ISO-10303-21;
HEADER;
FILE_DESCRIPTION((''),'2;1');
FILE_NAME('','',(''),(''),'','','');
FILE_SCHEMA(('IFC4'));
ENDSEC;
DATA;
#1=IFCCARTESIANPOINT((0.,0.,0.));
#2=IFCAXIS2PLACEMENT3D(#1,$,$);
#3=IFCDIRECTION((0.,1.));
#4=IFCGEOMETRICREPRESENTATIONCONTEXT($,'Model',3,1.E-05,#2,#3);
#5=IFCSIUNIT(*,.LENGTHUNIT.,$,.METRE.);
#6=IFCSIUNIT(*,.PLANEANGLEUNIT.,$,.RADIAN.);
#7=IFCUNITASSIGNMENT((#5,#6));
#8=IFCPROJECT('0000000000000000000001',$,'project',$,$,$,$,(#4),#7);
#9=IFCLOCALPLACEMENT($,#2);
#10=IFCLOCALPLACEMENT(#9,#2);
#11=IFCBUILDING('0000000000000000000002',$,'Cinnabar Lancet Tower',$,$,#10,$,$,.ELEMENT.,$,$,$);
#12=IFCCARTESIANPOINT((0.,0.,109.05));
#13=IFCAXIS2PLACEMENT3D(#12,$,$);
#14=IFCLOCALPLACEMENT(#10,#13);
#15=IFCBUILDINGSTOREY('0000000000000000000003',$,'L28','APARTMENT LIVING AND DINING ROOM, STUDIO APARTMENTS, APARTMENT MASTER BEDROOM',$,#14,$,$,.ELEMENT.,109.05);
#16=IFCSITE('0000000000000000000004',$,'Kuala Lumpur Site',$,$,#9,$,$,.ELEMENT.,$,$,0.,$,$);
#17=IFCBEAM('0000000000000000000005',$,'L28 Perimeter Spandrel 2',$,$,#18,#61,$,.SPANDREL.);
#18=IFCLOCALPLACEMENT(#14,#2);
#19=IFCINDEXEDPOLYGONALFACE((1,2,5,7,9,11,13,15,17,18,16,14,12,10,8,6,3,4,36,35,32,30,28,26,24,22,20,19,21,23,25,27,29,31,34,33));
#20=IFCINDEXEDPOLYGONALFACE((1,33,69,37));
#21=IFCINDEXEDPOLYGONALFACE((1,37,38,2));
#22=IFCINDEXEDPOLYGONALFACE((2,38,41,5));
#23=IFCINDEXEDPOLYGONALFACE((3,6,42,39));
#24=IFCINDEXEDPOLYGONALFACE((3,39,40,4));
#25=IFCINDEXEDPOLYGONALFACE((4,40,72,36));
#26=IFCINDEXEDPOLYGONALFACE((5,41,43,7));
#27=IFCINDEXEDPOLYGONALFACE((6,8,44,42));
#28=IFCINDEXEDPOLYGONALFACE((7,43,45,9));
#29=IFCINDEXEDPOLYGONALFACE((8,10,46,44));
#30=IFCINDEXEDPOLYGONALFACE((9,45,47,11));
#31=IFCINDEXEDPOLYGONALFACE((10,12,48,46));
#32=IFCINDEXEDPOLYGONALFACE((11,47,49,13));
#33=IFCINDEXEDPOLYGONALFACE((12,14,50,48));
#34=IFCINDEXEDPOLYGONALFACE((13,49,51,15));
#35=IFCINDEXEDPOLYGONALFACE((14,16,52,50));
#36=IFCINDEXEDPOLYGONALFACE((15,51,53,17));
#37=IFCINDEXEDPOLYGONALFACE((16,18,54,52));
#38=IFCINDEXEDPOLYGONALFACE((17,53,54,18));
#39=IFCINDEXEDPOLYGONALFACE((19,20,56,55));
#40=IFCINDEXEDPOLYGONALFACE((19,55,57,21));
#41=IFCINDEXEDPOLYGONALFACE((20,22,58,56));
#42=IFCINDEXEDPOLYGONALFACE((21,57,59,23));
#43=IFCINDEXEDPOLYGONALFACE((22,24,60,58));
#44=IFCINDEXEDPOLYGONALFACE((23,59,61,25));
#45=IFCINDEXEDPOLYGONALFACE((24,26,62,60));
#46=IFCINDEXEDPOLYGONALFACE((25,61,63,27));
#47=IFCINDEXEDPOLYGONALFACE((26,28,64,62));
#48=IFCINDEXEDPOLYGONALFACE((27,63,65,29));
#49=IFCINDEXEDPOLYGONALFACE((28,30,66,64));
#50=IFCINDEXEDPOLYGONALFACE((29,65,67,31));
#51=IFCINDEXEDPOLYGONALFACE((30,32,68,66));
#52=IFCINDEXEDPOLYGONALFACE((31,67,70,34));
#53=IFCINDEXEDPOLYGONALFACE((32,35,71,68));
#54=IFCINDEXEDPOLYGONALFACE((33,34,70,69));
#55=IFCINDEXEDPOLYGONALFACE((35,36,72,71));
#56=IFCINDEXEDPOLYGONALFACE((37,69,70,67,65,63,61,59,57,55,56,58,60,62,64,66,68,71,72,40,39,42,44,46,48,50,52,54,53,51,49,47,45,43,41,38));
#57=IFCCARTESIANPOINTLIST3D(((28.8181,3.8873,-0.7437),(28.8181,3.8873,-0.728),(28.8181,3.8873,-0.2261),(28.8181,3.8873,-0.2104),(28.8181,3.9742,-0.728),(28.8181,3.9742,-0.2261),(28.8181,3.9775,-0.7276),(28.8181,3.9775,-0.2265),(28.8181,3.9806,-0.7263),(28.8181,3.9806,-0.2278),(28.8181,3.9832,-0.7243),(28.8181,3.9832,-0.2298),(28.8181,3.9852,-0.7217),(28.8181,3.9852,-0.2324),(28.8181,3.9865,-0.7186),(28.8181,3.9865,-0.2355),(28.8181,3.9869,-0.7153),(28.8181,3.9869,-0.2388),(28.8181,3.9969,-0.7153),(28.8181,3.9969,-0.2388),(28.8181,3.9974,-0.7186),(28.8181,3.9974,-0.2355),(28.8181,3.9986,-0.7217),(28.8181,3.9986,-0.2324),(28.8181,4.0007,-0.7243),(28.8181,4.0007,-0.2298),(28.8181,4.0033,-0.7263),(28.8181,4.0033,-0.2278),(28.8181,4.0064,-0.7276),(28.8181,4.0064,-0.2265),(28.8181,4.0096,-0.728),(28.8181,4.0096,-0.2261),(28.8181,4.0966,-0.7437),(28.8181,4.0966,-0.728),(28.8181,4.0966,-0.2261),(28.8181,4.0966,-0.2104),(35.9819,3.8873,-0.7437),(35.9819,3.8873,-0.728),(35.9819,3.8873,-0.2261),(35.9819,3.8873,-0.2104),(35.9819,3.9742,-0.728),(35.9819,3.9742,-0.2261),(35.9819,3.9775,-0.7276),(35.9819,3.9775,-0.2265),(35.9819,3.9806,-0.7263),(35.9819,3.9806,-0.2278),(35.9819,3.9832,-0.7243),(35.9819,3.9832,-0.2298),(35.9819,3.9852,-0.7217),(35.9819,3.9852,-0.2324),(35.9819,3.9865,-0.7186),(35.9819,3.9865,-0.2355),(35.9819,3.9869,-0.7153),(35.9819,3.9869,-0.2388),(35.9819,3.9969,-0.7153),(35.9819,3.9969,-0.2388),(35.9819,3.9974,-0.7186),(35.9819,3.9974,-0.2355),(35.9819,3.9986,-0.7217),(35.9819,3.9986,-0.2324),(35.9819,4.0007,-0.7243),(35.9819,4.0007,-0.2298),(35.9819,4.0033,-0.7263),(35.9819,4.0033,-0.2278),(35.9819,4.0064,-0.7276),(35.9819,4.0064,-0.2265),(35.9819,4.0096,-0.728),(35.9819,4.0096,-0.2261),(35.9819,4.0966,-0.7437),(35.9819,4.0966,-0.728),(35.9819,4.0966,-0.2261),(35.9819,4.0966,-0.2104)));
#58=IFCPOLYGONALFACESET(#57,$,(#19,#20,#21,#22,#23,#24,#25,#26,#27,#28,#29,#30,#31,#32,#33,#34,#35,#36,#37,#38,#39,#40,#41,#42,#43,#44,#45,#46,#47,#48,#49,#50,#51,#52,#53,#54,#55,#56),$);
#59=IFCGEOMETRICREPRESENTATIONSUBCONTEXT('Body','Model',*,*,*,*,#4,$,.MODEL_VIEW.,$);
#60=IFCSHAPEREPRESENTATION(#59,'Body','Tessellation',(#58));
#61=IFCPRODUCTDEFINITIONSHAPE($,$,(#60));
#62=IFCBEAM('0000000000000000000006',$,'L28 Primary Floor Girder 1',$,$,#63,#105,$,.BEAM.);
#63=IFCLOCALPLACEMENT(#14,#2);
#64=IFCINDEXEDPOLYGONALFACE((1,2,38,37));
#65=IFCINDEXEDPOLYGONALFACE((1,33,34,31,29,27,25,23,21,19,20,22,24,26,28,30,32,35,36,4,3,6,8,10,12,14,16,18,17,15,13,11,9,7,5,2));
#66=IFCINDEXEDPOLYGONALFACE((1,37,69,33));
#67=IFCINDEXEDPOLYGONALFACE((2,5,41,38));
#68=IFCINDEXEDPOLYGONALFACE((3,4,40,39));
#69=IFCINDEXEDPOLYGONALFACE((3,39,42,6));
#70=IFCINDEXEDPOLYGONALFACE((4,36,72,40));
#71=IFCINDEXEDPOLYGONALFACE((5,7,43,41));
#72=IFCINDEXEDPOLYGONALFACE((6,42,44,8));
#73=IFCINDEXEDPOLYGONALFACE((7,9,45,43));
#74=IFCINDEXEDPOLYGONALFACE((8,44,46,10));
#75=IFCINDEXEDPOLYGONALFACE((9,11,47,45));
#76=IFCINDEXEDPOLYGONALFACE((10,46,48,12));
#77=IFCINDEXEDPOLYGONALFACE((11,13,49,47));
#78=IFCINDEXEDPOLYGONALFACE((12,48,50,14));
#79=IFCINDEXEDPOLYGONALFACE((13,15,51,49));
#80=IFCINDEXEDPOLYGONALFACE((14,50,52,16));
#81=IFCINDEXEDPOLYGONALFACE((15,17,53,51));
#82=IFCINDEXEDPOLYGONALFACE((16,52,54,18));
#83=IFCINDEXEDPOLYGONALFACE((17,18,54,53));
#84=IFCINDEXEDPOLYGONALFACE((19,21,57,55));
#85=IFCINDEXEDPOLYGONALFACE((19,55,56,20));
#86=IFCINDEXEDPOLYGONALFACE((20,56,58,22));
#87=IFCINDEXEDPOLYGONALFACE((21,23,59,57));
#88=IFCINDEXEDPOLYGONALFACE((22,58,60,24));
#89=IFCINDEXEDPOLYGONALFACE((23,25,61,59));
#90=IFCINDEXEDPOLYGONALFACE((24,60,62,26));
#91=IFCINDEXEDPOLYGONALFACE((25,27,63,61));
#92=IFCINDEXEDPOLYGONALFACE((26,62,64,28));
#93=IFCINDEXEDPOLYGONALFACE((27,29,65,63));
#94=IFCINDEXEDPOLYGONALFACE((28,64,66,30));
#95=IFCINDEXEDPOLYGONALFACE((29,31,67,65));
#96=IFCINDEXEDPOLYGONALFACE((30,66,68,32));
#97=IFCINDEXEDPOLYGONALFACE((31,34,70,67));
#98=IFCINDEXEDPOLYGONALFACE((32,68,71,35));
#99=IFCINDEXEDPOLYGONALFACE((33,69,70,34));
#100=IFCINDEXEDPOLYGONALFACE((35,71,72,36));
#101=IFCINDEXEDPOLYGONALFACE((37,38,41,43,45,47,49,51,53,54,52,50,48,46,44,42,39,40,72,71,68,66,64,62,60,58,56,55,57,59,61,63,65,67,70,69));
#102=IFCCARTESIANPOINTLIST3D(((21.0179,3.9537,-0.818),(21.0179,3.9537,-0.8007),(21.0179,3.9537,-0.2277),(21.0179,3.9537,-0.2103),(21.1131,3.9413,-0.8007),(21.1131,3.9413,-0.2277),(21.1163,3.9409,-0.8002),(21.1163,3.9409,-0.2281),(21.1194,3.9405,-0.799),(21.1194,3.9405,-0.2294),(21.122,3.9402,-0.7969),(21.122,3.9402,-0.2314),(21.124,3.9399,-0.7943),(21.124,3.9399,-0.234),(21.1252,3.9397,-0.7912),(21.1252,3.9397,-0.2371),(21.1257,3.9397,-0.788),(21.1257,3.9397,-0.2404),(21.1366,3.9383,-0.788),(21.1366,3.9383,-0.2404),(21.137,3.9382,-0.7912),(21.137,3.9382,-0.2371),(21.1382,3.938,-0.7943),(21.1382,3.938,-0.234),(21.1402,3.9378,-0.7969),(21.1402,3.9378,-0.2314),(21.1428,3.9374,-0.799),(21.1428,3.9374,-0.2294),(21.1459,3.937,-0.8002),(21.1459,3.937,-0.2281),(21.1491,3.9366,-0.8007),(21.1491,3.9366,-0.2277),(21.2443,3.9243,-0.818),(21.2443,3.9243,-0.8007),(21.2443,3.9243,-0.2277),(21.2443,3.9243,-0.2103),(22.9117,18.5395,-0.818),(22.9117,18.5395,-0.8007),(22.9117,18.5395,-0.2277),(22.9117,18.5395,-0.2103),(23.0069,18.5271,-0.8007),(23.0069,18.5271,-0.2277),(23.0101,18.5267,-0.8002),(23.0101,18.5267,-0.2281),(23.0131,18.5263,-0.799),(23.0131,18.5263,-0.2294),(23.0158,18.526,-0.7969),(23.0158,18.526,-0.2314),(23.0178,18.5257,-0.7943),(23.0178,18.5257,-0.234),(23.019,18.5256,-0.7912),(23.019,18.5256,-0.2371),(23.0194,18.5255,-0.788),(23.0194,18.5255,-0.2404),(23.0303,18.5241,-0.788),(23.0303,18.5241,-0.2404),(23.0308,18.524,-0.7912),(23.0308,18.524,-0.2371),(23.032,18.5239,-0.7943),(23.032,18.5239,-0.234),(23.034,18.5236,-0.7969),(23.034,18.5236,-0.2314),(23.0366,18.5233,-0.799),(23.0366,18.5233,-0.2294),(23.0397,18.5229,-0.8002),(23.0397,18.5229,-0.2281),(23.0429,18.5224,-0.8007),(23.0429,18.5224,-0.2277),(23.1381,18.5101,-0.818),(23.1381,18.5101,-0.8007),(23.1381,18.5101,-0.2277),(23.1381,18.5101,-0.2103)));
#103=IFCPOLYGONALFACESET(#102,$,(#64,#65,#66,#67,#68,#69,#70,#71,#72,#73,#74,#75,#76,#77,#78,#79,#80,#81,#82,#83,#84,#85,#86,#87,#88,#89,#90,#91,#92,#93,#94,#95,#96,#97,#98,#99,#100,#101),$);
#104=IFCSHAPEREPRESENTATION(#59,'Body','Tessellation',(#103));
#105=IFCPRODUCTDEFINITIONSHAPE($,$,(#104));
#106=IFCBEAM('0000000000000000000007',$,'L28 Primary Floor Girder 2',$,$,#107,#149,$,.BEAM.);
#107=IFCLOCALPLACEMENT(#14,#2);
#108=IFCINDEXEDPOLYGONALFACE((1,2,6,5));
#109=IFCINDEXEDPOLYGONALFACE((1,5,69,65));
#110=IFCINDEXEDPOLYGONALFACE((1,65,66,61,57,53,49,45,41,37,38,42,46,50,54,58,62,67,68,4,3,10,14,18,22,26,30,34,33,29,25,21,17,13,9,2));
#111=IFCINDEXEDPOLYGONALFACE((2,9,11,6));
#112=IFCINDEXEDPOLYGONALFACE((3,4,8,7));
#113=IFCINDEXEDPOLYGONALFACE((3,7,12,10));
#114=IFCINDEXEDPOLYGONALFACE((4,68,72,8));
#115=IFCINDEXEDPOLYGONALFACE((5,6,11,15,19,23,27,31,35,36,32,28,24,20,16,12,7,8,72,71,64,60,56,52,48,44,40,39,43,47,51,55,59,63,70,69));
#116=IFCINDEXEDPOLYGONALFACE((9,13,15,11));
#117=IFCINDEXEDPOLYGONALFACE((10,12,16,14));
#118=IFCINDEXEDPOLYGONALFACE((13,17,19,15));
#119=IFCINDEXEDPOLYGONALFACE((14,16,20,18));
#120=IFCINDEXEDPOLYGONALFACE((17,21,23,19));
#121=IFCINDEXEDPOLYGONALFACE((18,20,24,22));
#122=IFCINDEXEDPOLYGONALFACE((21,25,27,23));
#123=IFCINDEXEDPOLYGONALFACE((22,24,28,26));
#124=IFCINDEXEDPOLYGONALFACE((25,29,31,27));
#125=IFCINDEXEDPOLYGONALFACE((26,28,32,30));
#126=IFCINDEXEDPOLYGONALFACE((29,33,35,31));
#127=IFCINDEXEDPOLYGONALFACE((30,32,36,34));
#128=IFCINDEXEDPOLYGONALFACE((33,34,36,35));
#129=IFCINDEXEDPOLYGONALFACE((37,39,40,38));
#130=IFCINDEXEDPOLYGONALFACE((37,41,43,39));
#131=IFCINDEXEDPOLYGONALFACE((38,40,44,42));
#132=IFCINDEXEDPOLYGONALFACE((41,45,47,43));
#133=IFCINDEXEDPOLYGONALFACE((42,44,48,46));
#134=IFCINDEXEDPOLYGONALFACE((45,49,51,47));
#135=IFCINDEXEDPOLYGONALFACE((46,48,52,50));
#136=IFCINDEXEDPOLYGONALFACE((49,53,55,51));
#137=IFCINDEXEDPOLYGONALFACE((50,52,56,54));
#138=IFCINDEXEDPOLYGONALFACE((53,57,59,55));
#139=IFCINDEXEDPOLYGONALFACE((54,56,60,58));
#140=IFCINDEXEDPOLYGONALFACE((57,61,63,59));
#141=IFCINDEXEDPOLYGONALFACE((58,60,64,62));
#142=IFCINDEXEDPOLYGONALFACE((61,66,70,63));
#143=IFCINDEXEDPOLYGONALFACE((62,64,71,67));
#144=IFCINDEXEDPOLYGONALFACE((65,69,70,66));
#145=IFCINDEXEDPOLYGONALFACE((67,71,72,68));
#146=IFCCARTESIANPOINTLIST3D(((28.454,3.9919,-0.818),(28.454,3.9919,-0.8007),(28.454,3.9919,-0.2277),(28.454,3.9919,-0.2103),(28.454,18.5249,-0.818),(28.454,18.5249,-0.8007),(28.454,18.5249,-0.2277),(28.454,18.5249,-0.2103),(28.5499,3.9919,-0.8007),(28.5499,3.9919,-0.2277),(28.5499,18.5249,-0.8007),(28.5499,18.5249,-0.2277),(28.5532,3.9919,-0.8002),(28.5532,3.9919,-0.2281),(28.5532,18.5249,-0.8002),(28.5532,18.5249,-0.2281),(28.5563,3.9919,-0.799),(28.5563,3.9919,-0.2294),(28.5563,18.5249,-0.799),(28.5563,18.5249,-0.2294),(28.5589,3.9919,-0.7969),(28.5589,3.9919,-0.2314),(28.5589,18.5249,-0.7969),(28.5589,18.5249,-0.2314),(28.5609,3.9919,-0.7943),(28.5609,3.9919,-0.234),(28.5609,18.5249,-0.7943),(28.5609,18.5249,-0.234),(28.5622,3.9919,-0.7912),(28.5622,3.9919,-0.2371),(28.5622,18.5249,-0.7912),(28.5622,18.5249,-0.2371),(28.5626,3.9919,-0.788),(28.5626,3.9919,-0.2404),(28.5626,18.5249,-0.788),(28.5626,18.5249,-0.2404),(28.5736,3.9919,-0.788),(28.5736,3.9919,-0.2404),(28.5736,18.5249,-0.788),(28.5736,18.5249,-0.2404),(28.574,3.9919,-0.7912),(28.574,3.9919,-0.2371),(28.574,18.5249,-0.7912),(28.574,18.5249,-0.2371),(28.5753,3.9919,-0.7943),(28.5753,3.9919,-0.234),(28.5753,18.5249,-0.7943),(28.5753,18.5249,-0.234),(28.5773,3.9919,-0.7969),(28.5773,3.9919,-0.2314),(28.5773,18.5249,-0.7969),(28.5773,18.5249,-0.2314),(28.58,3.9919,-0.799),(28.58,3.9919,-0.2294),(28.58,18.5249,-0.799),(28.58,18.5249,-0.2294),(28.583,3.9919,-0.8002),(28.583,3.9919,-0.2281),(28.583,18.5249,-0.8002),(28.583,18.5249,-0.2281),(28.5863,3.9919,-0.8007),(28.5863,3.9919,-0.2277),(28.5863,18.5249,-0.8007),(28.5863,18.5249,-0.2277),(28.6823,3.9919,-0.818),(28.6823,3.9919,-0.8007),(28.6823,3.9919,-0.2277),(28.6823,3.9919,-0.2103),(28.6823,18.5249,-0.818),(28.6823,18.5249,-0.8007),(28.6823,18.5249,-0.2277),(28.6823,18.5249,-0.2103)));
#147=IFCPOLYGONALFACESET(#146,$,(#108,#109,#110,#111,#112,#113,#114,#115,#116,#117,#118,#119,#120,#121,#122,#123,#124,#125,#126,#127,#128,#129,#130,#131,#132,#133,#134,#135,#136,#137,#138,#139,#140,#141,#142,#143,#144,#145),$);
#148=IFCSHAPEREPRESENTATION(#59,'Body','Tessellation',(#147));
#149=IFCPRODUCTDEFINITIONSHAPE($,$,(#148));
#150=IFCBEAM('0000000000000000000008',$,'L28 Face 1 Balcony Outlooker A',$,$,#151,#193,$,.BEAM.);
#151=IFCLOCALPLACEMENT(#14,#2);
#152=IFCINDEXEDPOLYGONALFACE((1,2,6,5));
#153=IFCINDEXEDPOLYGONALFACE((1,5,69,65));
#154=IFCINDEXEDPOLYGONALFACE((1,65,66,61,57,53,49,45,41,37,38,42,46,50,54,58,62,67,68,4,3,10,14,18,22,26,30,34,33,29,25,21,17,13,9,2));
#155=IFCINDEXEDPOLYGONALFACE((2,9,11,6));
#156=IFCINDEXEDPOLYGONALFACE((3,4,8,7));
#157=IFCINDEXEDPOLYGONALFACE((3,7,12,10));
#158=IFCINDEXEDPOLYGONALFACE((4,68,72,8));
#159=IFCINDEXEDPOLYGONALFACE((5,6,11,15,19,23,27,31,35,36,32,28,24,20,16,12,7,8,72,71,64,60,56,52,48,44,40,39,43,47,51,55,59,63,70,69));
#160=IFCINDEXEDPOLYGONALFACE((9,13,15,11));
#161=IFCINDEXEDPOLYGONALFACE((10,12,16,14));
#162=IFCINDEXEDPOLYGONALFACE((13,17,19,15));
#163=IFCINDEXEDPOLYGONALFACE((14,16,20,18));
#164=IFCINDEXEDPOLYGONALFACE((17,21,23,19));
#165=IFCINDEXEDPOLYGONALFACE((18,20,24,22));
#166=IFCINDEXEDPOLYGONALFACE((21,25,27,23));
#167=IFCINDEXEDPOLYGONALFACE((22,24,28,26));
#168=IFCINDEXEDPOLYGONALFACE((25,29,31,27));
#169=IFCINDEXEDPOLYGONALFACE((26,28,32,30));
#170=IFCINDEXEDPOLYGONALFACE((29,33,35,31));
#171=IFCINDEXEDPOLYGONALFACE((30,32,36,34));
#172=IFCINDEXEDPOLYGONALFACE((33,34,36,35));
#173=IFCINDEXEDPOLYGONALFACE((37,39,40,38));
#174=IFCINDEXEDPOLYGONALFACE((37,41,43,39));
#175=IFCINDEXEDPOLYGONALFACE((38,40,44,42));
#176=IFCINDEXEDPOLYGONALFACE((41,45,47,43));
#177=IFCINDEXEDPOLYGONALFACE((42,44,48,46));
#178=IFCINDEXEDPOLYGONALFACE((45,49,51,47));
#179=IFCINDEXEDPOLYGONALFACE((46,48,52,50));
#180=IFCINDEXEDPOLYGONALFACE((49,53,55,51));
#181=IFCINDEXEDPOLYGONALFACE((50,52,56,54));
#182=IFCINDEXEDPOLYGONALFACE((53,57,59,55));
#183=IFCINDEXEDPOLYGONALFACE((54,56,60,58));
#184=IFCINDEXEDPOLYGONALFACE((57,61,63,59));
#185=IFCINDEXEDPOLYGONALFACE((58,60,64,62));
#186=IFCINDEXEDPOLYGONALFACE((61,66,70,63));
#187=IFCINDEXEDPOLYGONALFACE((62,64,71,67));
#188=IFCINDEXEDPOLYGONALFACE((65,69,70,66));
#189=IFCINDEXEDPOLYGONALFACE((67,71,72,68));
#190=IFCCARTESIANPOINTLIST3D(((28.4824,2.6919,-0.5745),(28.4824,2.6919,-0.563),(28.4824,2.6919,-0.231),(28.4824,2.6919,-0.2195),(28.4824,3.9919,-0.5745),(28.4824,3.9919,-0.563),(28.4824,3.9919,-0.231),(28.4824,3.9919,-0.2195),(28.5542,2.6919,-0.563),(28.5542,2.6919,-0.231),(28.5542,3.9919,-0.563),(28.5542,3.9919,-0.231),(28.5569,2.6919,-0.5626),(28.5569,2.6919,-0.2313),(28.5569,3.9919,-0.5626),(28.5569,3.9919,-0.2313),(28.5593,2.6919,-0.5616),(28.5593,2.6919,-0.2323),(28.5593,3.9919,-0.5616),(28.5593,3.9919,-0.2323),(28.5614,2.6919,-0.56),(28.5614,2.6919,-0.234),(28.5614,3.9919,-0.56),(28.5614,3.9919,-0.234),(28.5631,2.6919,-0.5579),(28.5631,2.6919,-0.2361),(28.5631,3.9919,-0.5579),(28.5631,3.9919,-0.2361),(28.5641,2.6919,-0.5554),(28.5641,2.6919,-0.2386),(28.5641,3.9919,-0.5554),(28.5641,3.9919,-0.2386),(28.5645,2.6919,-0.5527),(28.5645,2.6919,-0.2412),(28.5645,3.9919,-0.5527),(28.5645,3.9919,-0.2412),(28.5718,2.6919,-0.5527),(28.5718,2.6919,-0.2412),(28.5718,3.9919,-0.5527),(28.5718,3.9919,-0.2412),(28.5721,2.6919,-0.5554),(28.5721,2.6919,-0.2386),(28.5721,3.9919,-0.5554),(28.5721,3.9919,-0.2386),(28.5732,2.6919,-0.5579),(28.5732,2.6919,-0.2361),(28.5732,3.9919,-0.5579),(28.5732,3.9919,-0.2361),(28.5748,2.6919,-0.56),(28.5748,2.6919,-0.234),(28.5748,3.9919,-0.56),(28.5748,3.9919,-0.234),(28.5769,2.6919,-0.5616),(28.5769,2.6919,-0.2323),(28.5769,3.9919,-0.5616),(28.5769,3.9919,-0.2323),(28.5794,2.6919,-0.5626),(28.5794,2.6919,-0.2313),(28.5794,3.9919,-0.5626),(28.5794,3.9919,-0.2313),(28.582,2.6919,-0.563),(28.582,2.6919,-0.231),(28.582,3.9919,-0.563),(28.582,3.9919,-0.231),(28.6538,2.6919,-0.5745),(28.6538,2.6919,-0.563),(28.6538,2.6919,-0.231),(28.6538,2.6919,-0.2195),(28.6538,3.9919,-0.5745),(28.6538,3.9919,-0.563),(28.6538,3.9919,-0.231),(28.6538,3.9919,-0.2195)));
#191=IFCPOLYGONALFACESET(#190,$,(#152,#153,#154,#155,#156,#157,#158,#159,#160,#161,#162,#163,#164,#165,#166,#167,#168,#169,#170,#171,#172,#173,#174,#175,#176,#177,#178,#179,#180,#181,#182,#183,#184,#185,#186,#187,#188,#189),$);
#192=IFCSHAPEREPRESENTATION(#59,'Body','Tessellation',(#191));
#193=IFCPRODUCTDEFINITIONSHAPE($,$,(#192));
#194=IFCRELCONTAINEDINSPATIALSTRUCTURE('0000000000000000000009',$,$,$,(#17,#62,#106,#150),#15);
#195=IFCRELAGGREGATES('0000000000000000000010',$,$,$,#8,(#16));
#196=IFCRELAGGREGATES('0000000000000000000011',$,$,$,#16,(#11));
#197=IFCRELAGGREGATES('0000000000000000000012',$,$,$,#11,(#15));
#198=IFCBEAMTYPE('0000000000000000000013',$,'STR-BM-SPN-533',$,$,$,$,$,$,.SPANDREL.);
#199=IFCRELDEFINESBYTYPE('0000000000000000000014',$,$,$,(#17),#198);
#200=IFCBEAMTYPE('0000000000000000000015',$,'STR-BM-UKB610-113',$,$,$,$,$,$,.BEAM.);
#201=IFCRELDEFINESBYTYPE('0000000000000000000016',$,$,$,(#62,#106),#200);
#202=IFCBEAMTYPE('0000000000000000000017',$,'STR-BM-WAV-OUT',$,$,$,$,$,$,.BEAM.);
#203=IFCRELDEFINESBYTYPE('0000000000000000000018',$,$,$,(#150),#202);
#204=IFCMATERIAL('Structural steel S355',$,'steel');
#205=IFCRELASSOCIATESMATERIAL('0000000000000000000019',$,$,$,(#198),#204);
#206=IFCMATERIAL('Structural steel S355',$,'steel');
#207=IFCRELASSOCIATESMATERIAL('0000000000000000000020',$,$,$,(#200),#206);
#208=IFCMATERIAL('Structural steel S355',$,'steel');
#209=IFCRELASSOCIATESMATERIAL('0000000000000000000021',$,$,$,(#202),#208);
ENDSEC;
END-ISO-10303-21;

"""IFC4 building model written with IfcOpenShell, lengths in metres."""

from ifc_helpers import new_model, si_unit, direction, frame, origin, origin_2d, place, context, subcontext, project, spatial, i_section, extrude, material, material_profile, profile_set, type_object, element, save


model = new_model("IFC4")

# Units and contexts
model_context = context("Model", 3, precision=1e-05, world=origin(), true_north=direction((0.0, 1.0)))
body_context = subcontext(model_context, "Body", "Model", "MODEL_VIEW")
ifc_project = project(units=[si_unit("LENGTHUNIT", "METRE"), si_unit("PLANEANGLEUNIT", "RADIAN")], contexts=[model_context])

# Site, building, storey
site_placement = place(None, origin())
site = spatial("IfcSite", under=ifc_project, at=site_placement, Name="Kuala Lumpur Site", CompositionType="ELEMENT", RefElevation=0.0)
building_placement = place(site_placement, origin())
building = spatial("IfcBuilding", under=site, at=building_placement, Name="Cinnabar Lancet Tower", CompositionType="ELEMENT")
storey_placement = place(building_placement, frame((0.0, 0.0, 109.05)))
storey = spatial("IfcBuildingStorey", under=building, at=storey_placement, Name="L28", Description="APARTMENT LIVING AND DINING ROOM, STUDIO APARTMENTS, APARTMENT MASTER BEDROOM", CompositionType="ELEMENT", Elevation=109.05)

# Beams
ifc_material_1 = material(Name="Structural steel S355", Category="steel")
ifc_material_profile_1 = material_profile(ifc_material_1, i_section(OverallWidth=0.2092, OverallDepth=0.5332, WebThickness=0.01, FlangeThickness=0.0156, FilletRadius=0.0127, at=origin_2d()), Name="UKB 533x210x92")
ifc_profile_set_1 = profile_set([ifc_material_profile_1], Name="Structural steel S355")
beam_type_1 = type_object("IfcBeamType", Name="STR-BM-SPN-533", PredefinedType="SPANDREL", material=ifc_profile_set_1)
beam_1_placement = place(storey_placement, frame((28.8181, 3.9919, -0.4771), z_axis=(1.0, 0.0, 0.0), x_axis=(0.0, 1.0, 0.0)))
element("IfcBeam", 1, at=beam_1_placement, inside=storey, type_object=beam_type_1, Name="L28 Perimeter Spandrel 2", PredefinedType="SPANDREL", context=body_context, shape_type="SweptSolid", body=[
    extrude(i_section(OverallWidth=0.2092, OverallDepth=0.5332, WebThickness=0.01, FlangeThickness=0.0156, FilletRadius=0.0127, at=origin_2d()), origin(), (0.0, 0.0, 1.0), 7.1638),
])
ifc_material_2 = material(Name="Structural steel S355", Category="steel")
ifc_material_profile_2 = material_profile(ifc_material_2, i_section(OverallWidth=0.2283, OverallDepth=0.6077, WebThickness=0.011, FlangeThickness=0.0173, FilletRadius=0.0127, at=origin_2d()), Name="UKB 610x229x113")
ifc_profile_set_2 = profile_set([ifc_material_profile_2], Name="Structural steel S355")
beam_type_2 = type_object("IfcBeamType", Name="STR-BM-UKB610-113", PredefinedType="BEAM", material=ifc_profile_set_2)
beam_2_placement = place(storey_placement, frame((21.1311, 3.939, -0.5142), z_axis=(0.128757, 0.991676, 0.0), x_axis=(-0.991676, 0.128757, 0.0)))
element("IfcBeam", 2, at=beam_2_placement, inside=storey, type_object=beam_type_2, Name="L28 Primary Floor Girder 1", PredefinedType="BEAM", context=body_context, shape_type="SweptSolid", body=[
    extrude(i_section(OverallWidth=0.2283, OverallDepth=0.6077, WebThickness=0.011, FlangeThickness=0.0173, FilletRadius=0.0127, at=origin_2d()), origin(), (0.0, 0.0, 1.0), 14.7083),
])
beam_3_placement = place(storey_placement, frame((28.5681, 3.9919, -0.5142), z_axis=(0.0, 1.0, 0.0), x_axis=(-1.0, 0.0, 0.0)))
element("IfcBeam", 3, at=beam_3_placement, inside=storey, type_object=beam_type_2, Name="L28 Primary Floor Girder 2", PredefinedType="BEAM", context=body_context, shape_type="SweptSolid", body=[
    extrude(i_section(OverallWidth=0.2283, OverallDepth=0.6077, WebThickness=0.011, FlangeThickness=0.0173, FilletRadius=0.0127, at=origin_2d()), origin(), (0.0, 0.0, 1.0), 14.533),
])
ifc_material_3 = material(Name="Structural steel S355", Category="steel")
ifc_material_profile_3 = material_profile(ifc_material_3, i_section(OverallWidth=0.1714, OverallDepth=0.355, WebThickness=0.0073, FlangeThickness=0.0115, FilletRadius=0.0103, at=origin_2d()), Name="UKB 356x171x51")
ifc_profile_set_3 = profile_set([ifc_material_profile_3], Name="Structural steel S355")
beam_type_3 = type_object("IfcBeamType", Name="STR-BM-WAV-OUT", PredefinedType="BEAM", material=ifc_profile_set_3)
beam_4_placement = place(storey_placement, frame((28.5681, 3.9919, -0.397), z_axis=(0.0, -1.0, 0.0), x_axis=(1.0, 0.0, 0.0)))
element("IfcBeam", 4, at=beam_4_placement, inside=storey, type_object=beam_type_3, Name="L28 Face 1 Balcony Outlooker A", PredefinedType="BEAM", context=body_context, shape_type="SweptSolid", body=[
    extrude(i_section(OverallWidth=0.1714, OverallDepth=0.355, WebThickness=0.0073, FlangeThickness=0.0115, FilletRadius=0.0103, at=origin_2d()), origin(), (0.0, 0.0, 1.0), 1.3),
])

save(model, "model.ifc")
